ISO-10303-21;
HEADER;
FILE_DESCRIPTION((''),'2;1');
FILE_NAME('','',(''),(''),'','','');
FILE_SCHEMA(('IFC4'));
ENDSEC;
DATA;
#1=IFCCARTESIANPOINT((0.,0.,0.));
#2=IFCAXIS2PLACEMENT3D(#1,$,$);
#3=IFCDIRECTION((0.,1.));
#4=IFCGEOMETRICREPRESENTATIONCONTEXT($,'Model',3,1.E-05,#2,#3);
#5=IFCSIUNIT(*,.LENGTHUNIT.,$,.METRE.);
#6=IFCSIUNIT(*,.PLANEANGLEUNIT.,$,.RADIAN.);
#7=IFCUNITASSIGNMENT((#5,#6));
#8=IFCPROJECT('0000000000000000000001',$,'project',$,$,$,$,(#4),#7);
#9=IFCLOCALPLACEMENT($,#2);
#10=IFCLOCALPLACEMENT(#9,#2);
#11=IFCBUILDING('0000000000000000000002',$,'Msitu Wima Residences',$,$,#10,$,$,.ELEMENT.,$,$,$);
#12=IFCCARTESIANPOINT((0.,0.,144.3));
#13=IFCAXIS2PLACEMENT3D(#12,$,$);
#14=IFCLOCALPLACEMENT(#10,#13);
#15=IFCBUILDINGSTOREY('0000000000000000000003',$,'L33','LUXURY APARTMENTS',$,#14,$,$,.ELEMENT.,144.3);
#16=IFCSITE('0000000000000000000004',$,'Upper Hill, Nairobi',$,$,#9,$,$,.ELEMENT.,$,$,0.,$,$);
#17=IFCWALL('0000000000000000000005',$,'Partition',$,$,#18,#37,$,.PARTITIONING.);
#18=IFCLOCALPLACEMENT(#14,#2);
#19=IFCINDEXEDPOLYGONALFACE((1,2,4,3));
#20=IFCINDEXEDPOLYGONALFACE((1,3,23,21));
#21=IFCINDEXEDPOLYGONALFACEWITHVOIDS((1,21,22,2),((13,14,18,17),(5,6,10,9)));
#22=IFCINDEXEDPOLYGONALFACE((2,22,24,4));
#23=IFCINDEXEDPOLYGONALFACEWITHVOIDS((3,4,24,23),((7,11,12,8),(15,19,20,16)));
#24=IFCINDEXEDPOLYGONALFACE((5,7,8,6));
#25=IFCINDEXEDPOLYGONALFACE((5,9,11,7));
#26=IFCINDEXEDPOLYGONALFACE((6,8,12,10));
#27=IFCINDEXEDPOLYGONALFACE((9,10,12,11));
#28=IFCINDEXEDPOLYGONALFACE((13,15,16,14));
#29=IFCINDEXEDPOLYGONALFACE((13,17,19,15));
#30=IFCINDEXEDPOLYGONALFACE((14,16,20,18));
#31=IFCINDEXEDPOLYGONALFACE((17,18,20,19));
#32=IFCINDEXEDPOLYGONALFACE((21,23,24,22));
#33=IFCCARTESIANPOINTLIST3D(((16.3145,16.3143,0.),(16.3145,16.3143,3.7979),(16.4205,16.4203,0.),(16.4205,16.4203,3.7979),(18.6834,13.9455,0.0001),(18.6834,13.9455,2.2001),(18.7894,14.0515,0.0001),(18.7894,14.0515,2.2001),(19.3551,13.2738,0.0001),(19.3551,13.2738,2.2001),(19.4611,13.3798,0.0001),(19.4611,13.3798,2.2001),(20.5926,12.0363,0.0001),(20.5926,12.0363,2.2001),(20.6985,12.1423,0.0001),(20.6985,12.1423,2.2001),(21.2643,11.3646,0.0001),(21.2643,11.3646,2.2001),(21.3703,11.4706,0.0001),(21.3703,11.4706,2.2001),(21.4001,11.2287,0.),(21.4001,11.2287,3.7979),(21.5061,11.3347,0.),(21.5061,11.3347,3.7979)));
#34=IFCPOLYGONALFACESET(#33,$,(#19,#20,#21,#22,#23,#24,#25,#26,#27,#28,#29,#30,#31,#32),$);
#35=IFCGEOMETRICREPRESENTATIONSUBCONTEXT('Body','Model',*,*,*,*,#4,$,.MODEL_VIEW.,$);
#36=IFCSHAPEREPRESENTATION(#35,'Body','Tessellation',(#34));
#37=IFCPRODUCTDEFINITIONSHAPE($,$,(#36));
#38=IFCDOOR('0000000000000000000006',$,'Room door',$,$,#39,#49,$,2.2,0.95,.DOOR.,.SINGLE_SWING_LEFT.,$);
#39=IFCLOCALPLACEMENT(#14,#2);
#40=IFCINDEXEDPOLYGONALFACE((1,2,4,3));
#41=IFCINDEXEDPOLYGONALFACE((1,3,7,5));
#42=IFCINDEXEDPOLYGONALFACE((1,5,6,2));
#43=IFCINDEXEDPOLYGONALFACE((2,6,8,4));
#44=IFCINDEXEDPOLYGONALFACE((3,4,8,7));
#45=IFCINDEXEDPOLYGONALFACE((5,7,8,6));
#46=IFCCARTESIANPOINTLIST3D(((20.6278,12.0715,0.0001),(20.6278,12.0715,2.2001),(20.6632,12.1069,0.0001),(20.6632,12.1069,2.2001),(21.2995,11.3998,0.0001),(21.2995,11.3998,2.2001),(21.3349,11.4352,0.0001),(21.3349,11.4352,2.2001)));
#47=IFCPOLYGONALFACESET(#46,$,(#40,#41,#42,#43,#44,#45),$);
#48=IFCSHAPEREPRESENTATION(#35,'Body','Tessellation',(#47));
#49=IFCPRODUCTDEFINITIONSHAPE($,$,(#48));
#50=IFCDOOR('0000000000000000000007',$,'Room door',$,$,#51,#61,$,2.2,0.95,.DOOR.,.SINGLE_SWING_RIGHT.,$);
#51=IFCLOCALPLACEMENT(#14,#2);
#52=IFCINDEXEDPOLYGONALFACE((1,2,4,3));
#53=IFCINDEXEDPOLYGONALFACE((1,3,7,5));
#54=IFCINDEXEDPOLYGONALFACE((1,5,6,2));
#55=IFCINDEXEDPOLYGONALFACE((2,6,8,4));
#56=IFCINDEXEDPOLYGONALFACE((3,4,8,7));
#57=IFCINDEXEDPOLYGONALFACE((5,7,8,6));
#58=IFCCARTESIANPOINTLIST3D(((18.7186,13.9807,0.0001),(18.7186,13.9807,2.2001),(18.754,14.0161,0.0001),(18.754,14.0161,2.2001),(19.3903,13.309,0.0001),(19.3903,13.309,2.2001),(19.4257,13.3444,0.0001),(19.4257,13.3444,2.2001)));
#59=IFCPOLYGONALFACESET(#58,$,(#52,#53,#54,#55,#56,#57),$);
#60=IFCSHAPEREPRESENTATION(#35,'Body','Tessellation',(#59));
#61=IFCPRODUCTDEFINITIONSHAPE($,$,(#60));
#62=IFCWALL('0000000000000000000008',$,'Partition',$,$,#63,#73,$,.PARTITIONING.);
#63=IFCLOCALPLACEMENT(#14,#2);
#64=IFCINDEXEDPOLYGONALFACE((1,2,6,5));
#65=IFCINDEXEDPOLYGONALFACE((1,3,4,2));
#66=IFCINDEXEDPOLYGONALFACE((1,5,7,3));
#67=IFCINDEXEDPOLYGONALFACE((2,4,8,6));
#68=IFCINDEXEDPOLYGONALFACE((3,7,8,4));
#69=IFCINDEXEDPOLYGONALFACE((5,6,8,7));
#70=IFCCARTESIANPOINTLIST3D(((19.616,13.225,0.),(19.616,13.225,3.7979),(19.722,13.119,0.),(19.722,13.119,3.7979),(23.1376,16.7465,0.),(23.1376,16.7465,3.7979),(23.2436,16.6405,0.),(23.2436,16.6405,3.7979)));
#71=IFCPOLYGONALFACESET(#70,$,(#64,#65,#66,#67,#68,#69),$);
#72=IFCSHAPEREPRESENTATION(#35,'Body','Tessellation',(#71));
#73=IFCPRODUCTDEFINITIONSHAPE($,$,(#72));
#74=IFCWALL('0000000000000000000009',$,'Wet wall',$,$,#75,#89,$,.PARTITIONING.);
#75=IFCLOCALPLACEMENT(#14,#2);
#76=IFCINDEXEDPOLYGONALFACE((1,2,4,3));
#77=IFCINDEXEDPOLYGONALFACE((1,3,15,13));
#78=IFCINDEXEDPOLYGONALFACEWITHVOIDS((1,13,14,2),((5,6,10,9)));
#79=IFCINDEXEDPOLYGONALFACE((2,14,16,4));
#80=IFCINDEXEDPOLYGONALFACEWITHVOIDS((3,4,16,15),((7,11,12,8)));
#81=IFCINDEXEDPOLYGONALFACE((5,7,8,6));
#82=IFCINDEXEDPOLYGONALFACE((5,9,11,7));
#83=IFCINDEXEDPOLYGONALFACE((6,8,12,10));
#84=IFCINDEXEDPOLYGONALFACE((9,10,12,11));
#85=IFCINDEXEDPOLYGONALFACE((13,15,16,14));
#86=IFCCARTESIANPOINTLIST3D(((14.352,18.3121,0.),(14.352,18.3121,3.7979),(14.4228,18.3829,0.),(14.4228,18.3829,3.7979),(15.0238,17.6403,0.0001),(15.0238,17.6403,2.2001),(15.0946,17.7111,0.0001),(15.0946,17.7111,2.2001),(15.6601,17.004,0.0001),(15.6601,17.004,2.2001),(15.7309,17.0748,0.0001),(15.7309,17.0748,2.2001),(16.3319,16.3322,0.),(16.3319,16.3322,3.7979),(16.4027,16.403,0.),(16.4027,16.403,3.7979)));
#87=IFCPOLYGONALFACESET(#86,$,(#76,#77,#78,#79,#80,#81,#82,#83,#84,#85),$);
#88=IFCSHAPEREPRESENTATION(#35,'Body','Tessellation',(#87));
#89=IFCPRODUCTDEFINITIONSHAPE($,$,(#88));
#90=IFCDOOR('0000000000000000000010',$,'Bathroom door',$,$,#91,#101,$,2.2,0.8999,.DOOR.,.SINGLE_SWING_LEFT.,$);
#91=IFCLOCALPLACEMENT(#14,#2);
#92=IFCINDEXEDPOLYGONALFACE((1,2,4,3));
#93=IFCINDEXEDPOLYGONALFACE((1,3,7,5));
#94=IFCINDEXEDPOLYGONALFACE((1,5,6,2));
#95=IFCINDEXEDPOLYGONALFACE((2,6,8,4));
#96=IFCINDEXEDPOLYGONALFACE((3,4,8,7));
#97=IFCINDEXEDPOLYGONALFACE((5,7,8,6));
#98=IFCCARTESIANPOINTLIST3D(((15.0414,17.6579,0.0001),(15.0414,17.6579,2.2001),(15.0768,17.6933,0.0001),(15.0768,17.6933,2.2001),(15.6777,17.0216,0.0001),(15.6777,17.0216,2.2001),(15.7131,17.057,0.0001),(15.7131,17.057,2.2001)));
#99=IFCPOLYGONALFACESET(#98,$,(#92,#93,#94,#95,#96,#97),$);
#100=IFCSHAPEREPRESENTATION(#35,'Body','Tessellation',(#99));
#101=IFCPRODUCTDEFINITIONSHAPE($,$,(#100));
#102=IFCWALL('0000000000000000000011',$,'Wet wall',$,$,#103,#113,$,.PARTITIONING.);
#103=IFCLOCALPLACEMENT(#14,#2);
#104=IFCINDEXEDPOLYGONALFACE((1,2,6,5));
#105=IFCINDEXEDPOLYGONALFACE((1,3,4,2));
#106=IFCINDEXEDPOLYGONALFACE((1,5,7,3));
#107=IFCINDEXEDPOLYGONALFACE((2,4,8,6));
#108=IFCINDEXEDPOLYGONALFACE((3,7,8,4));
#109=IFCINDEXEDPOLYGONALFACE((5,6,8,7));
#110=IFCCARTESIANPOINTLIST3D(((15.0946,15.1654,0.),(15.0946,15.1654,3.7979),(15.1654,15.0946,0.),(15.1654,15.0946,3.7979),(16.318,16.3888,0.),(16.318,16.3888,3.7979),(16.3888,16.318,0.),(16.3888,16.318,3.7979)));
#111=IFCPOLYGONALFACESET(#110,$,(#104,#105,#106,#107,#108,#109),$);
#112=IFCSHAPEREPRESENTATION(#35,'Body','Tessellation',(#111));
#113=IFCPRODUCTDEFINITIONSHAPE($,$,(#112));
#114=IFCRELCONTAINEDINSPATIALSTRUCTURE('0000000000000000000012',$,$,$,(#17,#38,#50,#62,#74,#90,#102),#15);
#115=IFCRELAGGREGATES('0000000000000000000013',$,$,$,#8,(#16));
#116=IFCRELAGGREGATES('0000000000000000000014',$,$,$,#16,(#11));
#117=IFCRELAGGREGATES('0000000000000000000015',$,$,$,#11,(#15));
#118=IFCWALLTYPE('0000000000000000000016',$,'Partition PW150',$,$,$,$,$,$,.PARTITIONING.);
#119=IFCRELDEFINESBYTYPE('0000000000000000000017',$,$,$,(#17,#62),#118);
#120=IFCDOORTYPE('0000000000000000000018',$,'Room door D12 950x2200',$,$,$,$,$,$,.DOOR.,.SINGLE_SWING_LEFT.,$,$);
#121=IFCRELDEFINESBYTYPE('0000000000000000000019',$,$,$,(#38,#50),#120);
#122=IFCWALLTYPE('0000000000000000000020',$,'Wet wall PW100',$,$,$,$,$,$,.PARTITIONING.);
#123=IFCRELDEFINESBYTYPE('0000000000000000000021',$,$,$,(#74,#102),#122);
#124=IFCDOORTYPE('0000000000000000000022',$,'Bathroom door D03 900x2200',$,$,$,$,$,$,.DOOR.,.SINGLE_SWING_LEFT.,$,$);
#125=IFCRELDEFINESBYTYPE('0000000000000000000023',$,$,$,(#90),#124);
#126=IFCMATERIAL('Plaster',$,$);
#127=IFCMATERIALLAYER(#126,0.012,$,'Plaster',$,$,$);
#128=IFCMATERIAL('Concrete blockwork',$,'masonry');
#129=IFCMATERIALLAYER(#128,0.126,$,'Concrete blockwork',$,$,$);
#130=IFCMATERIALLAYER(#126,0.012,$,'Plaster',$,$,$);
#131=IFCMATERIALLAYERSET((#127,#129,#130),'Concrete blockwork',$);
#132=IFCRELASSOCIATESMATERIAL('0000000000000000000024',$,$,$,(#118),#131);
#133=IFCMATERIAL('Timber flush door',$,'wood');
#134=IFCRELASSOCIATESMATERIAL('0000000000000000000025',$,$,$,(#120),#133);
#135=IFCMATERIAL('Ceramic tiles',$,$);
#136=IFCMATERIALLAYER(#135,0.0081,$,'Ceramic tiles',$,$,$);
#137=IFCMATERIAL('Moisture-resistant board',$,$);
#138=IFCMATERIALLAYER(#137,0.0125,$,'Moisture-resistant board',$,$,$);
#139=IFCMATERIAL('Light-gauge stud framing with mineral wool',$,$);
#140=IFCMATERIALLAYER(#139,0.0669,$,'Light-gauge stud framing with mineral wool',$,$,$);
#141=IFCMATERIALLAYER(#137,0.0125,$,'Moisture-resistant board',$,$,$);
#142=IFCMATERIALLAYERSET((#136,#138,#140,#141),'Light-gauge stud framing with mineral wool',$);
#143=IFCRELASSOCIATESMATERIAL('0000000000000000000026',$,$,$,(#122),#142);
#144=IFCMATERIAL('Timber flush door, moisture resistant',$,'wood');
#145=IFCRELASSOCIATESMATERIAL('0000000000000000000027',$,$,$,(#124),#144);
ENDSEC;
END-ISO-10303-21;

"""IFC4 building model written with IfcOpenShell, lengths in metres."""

from ifc_helpers import new_model, si_unit, direction, frame, frame_2d, origin, place, context, subcontext, project, spatial, rectangle, extrude, material, layer, layer_set, type_object, element, fill, save


model = new_model("IFC4")

# Units and contexts
model_context = context("Model", 3, precision=1e-05, world=origin(), true_north=direction((0.0, 1.0)))
body_context = subcontext(model_context, "Body", "Model", "MODEL_VIEW")
ifc_project = project(units=[si_unit("LENGTHUNIT", "METRE"), si_unit("PLANEANGLEUNIT", "RADIAN")], contexts=[model_context])

# Site, building, storey
site_placement = place(None, origin())
site = spatial("IfcSite", under=ifc_project, at=site_placement, Name="Upper Hill, Nairobi", CompositionType="ELEMENT", RefElevation=0.0)
building_placement = place(site_placement, origin())
building = spatial("IfcBuilding", under=site, at=building_placement, Name="Msitu Wima Residences", CompositionType="ELEMENT")
storey_placement = place(building_placement, frame((0.0, 0.0, 144.3)))
storey = spatial("IfcBuildingStorey", under=building, at=storey_placement, Name="L33", Description="LUXURY APARTMENTS", CompositionType="ELEMENT", Elevation=144.3)

# Shared definitions
ifc_material_1 = material(Name="Plaster")
ifc_layer_1 = layer(ifc_material_1, 0.012, Name="Plaster")
ifc_material_2 = material(Name="Concrete blockwork", Category="masonry")
ifc_layer_2 = layer(ifc_material_2, 0.126, Name="Concrete blockwork")
ifc_layer_3 = layer(ifc_material_1, 0.012, Name="Plaster")
ifc_layer_set_1 = layer_set([ifc_layer_1, ifc_layer_2, ifc_layer_3], Name="Concrete blockwork")
wall_type_1 = type_object("IfcWallType", Name="Partition PW150", PredefinedType="PARTITIONING", material=ifc_layer_set_1)

# Wall, openings, doors
wall_1_placement = place(storey_placement, frame((16.3674, 16.3674, 0.0), z_axis=(0.0, 0.0, 1.0), x_axis=(0.707107, -0.707107, 0.0)))
wall_1 = element("IfcWall", 1, at=wall_1_placement, inside=storey, type_object=wall_type_1, Name="Partition", PredefinedType="PARTITIONING", context=body_context, shape_type="SweptSolid", body=[
    extrude(rectangle(XDim=7.1921, YDim=0.1499, at=frame_2d((3.5962, 0.0))), origin(), (0.0, 0.0, 1.0), 3.7979),
])
opening_1_placement = place(wall_1_placement, frame((6.05, 0.0, 0.0)))
opening_1 = element("IfcOpeningElement", 2, at=opening_1_placement, cuts=wall_1, PredefinedType="OPENING", context=body_context, shape_type="SweptSolid", body=[
    extrude(rectangle(XDim=0.95, YDim=2.2, at=frame_2d((0.4751, 1.1001))), frame((0.0, 0.085, 0.0), z_axis=(0.0, -1.0, 0.0), x_axis=(1.0, 0.0, 0.0)), (0.0, 0.0, 1.0), 0.1699),
])
opening_2_placement = place(wall_1_placement, frame((3.3501, 0.0, 0.0)))
opening_2 = element("IfcOpeningElement", 3, at=opening_2_placement, cuts=wall_1, PredefinedType="OPENING", context=body_context, shape_type="SweptSolid", body=[
    extrude(rectangle(XDim=0.95, YDim=2.2, at=frame_2d((0.4751, 1.1001))), frame((0.0, 0.085, 0.0), z_axis=(0.0, -1.0, 0.0), x_axis=(1.0, 0.0, 0.0)), (0.0, 0.0, 1.0), 0.1699),
])
ifc_material_3 = material(Name="Timber flush door", Category="wood")
door_type_1 = type_object("IfcDoorType", Name="Room door D12 950x2200", OperationType="SINGLE_SWING_LEFT", PredefinedType="DOOR", material=ifc_material_3)
door_1_placement = place(opening_1_placement, origin())
door_1 = element("IfcDoor", 4, at=door_1_placement, inside=storey, type_object=door_type_1, Name="Room door", OperationType="SINGLE_SWING_LEFT", OverallHeight=2.2, OverallWidth=0.95, PredefinedType="DOOR", context=body_context, shape_type="SweptSolid", body=[
    extrude(rectangle(XDim=0.95, YDim=2.2, at=frame_2d((0.4751, 1.1001))), frame((0.0, 0.0249, 0.0), z_axis=(0.0, -1.0, 0.0), x_axis=(1.0, 0.0, 0.0)), (0.0, 0.0, 1.0), 0.05),
])
fill(opening_1, door_1)
door_2_placement = place(opening_2_placement, origin())
door_2 = element("IfcDoor", 5, at=door_2_placement, inside=storey, type_object=door_type_1, Name="Room door", OperationType="SINGLE_SWING_RIGHT", OverallHeight=2.2, OverallWidth=0.95, PredefinedType="DOOR", context=body_context, shape_type="SweptSolid", body=[
    extrude(rectangle(XDim=0.95, YDim=2.2, at=frame_2d((0.4751, 1.1001))), frame((0.0, 0.0249, 0.0), z_axis=(0.0, -1.0, 0.0), x_axis=(1.0, 0.0, 0.0)), (0.0, 0.0, 1.0), 0.05),
])
fill(opening_2, door_2)

# Wall
wall_2_placement = place(storey_placement, frame((19.6689, 13.1719, 0.0), z_axis=(0.0, 0.0, 1.0), x_axis=(0.707107, 0.707107, 0.0)))
element("IfcWall", 6, at=wall_2_placement, inside=storey, type_object=wall_type_1, Name="Partition", PredefinedType="PARTITIONING", context=body_context, shape_type="SweptSolid", body=[
    extrude(rectangle(XDim=4.9802, YDim=0.1499, at=frame_2d((2.4902, 0.0))), origin(), (0.0, 0.0, 1.0), 3.7979),
])

# Wall, opening, door
ifc_material_4 = material(Name="Ceramic tiles")
ifc_layer_4 = layer(ifc_material_4, 0.0081, Name="Ceramic tiles")
ifc_material_5 = material(Name="Moisture-resistant board")
ifc_layer_5 = layer(ifc_material_5, 0.0125, Name="Moisture-resistant board")
ifc_material_6 = material(Name="Light-gauge stud framing with mineral wool")
ifc_layer_6 = layer(ifc_material_6, 0.0669, Name="Light-gauge stud framing with mineral wool")
ifc_layer_7 = layer(ifc_material_5, 0.0125, Name="Moisture-resistant board")
ifc_layer_set_2 = layer_set([ifc_layer_4, ifc_layer_5, ifc_layer_6, ifc_layer_7], Name="Light-gauge stud framing with mineral wool")
wall_type_2 = type_object("IfcWallType", Name="Wet wall PW100", PredefinedType="PARTITIONING", material=ifc_layer_set_2)
wall_3_placement = place(storey_placement, frame((14.3875, 18.3474, 0.0), z_axis=(0.0, 0.0, 1.0), x_axis=(0.707107, -0.707107, 0.0)))
wall_3 = element("IfcWall", 7, at=wall_3_placement, inside=storey, type_object=wall_type_2, Name="Wet wall", PredefinedType="PARTITIONING", context=body_context, shape_type="SweptSolid", body=[
    extrude(rectangle(XDim=2.8, YDim=0.1001, at=frame_2d((1.3999, 0.0))), origin(), (0.0, 0.0, 1.0), 3.7979),
])
opening_3_placement = place(wall_3_placement, frame((0.95, 0.0, 0.0)))
opening_3 = element("IfcOpeningElement", 8, at=opening_3_placement, cuts=wall_3, PredefinedType="OPENING", context=body_context, shape_type="SweptSolid", body=[
    extrude(rectangle(XDim=0.8999, YDim=2.2, at=frame_2d((0.45, 1.1001))), frame((0.0, 0.0601, 0.0), z_axis=(0.0, -1.0, 0.0), x_axis=(1.0, 0.0, 0.0)), (0.0, 0.0, 1.0), 0.1201),
])
ifc_material_7 = material(Name="Timber flush door, moisture resistant", Category="wood")
door_type_2 = type_object("IfcDoorType", Name="Bathroom door D03 900x2200", OperationType="SINGLE_SWING_LEFT", PredefinedType="DOOR", material=ifc_material_7)
door_3_placement = place(opening_3_placement, origin())
door_3 = element("IfcDoor", 9, at=door_3_placement, inside=storey, type_object=door_type_2, Name="Bathroom door", OperationType="SINGLE_SWING_LEFT", OverallHeight=2.2, OverallWidth=0.8999, PredefinedType="DOOR", context=body_context, shape_type="SweptSolid", body=[
    extrude(rectangle(XDim=0.8999, YDim=2.2, at=frame_2d((0.45, 1.1001))), frame((0.0, 0.0249, 0.0), z_axis=(0.0, -1.0, 0.0), x_axis=(1.0, 0.0, 0.0)), (0.0, 0.0, 1.0), 0.05),
])
fill(opening_3, door_3)

# Wall
wall_4_placement = place(storey_placement, frame((15.1299, 15.1299, 0.0), z_axis=(0.0, 0.0, 1.0), x_axis=(0.707107, 0.707107, 0.0)))
element("IfcWall", 10, at=wall_4_placement, inside=storey, type_object=wall_type_2, Name="Wet wall", PredefinedType="PARTITIONING", context=body_context, shape_type="SweptSolid", body=[
    extrude(rectangle(XDim=1.7302, YDim=0.1001, at=frame_2d((0.8652, 0.0))), origin(), (0.0, 0.0, 1.0), 3.7979),
])

save(model, "model.ifc")
